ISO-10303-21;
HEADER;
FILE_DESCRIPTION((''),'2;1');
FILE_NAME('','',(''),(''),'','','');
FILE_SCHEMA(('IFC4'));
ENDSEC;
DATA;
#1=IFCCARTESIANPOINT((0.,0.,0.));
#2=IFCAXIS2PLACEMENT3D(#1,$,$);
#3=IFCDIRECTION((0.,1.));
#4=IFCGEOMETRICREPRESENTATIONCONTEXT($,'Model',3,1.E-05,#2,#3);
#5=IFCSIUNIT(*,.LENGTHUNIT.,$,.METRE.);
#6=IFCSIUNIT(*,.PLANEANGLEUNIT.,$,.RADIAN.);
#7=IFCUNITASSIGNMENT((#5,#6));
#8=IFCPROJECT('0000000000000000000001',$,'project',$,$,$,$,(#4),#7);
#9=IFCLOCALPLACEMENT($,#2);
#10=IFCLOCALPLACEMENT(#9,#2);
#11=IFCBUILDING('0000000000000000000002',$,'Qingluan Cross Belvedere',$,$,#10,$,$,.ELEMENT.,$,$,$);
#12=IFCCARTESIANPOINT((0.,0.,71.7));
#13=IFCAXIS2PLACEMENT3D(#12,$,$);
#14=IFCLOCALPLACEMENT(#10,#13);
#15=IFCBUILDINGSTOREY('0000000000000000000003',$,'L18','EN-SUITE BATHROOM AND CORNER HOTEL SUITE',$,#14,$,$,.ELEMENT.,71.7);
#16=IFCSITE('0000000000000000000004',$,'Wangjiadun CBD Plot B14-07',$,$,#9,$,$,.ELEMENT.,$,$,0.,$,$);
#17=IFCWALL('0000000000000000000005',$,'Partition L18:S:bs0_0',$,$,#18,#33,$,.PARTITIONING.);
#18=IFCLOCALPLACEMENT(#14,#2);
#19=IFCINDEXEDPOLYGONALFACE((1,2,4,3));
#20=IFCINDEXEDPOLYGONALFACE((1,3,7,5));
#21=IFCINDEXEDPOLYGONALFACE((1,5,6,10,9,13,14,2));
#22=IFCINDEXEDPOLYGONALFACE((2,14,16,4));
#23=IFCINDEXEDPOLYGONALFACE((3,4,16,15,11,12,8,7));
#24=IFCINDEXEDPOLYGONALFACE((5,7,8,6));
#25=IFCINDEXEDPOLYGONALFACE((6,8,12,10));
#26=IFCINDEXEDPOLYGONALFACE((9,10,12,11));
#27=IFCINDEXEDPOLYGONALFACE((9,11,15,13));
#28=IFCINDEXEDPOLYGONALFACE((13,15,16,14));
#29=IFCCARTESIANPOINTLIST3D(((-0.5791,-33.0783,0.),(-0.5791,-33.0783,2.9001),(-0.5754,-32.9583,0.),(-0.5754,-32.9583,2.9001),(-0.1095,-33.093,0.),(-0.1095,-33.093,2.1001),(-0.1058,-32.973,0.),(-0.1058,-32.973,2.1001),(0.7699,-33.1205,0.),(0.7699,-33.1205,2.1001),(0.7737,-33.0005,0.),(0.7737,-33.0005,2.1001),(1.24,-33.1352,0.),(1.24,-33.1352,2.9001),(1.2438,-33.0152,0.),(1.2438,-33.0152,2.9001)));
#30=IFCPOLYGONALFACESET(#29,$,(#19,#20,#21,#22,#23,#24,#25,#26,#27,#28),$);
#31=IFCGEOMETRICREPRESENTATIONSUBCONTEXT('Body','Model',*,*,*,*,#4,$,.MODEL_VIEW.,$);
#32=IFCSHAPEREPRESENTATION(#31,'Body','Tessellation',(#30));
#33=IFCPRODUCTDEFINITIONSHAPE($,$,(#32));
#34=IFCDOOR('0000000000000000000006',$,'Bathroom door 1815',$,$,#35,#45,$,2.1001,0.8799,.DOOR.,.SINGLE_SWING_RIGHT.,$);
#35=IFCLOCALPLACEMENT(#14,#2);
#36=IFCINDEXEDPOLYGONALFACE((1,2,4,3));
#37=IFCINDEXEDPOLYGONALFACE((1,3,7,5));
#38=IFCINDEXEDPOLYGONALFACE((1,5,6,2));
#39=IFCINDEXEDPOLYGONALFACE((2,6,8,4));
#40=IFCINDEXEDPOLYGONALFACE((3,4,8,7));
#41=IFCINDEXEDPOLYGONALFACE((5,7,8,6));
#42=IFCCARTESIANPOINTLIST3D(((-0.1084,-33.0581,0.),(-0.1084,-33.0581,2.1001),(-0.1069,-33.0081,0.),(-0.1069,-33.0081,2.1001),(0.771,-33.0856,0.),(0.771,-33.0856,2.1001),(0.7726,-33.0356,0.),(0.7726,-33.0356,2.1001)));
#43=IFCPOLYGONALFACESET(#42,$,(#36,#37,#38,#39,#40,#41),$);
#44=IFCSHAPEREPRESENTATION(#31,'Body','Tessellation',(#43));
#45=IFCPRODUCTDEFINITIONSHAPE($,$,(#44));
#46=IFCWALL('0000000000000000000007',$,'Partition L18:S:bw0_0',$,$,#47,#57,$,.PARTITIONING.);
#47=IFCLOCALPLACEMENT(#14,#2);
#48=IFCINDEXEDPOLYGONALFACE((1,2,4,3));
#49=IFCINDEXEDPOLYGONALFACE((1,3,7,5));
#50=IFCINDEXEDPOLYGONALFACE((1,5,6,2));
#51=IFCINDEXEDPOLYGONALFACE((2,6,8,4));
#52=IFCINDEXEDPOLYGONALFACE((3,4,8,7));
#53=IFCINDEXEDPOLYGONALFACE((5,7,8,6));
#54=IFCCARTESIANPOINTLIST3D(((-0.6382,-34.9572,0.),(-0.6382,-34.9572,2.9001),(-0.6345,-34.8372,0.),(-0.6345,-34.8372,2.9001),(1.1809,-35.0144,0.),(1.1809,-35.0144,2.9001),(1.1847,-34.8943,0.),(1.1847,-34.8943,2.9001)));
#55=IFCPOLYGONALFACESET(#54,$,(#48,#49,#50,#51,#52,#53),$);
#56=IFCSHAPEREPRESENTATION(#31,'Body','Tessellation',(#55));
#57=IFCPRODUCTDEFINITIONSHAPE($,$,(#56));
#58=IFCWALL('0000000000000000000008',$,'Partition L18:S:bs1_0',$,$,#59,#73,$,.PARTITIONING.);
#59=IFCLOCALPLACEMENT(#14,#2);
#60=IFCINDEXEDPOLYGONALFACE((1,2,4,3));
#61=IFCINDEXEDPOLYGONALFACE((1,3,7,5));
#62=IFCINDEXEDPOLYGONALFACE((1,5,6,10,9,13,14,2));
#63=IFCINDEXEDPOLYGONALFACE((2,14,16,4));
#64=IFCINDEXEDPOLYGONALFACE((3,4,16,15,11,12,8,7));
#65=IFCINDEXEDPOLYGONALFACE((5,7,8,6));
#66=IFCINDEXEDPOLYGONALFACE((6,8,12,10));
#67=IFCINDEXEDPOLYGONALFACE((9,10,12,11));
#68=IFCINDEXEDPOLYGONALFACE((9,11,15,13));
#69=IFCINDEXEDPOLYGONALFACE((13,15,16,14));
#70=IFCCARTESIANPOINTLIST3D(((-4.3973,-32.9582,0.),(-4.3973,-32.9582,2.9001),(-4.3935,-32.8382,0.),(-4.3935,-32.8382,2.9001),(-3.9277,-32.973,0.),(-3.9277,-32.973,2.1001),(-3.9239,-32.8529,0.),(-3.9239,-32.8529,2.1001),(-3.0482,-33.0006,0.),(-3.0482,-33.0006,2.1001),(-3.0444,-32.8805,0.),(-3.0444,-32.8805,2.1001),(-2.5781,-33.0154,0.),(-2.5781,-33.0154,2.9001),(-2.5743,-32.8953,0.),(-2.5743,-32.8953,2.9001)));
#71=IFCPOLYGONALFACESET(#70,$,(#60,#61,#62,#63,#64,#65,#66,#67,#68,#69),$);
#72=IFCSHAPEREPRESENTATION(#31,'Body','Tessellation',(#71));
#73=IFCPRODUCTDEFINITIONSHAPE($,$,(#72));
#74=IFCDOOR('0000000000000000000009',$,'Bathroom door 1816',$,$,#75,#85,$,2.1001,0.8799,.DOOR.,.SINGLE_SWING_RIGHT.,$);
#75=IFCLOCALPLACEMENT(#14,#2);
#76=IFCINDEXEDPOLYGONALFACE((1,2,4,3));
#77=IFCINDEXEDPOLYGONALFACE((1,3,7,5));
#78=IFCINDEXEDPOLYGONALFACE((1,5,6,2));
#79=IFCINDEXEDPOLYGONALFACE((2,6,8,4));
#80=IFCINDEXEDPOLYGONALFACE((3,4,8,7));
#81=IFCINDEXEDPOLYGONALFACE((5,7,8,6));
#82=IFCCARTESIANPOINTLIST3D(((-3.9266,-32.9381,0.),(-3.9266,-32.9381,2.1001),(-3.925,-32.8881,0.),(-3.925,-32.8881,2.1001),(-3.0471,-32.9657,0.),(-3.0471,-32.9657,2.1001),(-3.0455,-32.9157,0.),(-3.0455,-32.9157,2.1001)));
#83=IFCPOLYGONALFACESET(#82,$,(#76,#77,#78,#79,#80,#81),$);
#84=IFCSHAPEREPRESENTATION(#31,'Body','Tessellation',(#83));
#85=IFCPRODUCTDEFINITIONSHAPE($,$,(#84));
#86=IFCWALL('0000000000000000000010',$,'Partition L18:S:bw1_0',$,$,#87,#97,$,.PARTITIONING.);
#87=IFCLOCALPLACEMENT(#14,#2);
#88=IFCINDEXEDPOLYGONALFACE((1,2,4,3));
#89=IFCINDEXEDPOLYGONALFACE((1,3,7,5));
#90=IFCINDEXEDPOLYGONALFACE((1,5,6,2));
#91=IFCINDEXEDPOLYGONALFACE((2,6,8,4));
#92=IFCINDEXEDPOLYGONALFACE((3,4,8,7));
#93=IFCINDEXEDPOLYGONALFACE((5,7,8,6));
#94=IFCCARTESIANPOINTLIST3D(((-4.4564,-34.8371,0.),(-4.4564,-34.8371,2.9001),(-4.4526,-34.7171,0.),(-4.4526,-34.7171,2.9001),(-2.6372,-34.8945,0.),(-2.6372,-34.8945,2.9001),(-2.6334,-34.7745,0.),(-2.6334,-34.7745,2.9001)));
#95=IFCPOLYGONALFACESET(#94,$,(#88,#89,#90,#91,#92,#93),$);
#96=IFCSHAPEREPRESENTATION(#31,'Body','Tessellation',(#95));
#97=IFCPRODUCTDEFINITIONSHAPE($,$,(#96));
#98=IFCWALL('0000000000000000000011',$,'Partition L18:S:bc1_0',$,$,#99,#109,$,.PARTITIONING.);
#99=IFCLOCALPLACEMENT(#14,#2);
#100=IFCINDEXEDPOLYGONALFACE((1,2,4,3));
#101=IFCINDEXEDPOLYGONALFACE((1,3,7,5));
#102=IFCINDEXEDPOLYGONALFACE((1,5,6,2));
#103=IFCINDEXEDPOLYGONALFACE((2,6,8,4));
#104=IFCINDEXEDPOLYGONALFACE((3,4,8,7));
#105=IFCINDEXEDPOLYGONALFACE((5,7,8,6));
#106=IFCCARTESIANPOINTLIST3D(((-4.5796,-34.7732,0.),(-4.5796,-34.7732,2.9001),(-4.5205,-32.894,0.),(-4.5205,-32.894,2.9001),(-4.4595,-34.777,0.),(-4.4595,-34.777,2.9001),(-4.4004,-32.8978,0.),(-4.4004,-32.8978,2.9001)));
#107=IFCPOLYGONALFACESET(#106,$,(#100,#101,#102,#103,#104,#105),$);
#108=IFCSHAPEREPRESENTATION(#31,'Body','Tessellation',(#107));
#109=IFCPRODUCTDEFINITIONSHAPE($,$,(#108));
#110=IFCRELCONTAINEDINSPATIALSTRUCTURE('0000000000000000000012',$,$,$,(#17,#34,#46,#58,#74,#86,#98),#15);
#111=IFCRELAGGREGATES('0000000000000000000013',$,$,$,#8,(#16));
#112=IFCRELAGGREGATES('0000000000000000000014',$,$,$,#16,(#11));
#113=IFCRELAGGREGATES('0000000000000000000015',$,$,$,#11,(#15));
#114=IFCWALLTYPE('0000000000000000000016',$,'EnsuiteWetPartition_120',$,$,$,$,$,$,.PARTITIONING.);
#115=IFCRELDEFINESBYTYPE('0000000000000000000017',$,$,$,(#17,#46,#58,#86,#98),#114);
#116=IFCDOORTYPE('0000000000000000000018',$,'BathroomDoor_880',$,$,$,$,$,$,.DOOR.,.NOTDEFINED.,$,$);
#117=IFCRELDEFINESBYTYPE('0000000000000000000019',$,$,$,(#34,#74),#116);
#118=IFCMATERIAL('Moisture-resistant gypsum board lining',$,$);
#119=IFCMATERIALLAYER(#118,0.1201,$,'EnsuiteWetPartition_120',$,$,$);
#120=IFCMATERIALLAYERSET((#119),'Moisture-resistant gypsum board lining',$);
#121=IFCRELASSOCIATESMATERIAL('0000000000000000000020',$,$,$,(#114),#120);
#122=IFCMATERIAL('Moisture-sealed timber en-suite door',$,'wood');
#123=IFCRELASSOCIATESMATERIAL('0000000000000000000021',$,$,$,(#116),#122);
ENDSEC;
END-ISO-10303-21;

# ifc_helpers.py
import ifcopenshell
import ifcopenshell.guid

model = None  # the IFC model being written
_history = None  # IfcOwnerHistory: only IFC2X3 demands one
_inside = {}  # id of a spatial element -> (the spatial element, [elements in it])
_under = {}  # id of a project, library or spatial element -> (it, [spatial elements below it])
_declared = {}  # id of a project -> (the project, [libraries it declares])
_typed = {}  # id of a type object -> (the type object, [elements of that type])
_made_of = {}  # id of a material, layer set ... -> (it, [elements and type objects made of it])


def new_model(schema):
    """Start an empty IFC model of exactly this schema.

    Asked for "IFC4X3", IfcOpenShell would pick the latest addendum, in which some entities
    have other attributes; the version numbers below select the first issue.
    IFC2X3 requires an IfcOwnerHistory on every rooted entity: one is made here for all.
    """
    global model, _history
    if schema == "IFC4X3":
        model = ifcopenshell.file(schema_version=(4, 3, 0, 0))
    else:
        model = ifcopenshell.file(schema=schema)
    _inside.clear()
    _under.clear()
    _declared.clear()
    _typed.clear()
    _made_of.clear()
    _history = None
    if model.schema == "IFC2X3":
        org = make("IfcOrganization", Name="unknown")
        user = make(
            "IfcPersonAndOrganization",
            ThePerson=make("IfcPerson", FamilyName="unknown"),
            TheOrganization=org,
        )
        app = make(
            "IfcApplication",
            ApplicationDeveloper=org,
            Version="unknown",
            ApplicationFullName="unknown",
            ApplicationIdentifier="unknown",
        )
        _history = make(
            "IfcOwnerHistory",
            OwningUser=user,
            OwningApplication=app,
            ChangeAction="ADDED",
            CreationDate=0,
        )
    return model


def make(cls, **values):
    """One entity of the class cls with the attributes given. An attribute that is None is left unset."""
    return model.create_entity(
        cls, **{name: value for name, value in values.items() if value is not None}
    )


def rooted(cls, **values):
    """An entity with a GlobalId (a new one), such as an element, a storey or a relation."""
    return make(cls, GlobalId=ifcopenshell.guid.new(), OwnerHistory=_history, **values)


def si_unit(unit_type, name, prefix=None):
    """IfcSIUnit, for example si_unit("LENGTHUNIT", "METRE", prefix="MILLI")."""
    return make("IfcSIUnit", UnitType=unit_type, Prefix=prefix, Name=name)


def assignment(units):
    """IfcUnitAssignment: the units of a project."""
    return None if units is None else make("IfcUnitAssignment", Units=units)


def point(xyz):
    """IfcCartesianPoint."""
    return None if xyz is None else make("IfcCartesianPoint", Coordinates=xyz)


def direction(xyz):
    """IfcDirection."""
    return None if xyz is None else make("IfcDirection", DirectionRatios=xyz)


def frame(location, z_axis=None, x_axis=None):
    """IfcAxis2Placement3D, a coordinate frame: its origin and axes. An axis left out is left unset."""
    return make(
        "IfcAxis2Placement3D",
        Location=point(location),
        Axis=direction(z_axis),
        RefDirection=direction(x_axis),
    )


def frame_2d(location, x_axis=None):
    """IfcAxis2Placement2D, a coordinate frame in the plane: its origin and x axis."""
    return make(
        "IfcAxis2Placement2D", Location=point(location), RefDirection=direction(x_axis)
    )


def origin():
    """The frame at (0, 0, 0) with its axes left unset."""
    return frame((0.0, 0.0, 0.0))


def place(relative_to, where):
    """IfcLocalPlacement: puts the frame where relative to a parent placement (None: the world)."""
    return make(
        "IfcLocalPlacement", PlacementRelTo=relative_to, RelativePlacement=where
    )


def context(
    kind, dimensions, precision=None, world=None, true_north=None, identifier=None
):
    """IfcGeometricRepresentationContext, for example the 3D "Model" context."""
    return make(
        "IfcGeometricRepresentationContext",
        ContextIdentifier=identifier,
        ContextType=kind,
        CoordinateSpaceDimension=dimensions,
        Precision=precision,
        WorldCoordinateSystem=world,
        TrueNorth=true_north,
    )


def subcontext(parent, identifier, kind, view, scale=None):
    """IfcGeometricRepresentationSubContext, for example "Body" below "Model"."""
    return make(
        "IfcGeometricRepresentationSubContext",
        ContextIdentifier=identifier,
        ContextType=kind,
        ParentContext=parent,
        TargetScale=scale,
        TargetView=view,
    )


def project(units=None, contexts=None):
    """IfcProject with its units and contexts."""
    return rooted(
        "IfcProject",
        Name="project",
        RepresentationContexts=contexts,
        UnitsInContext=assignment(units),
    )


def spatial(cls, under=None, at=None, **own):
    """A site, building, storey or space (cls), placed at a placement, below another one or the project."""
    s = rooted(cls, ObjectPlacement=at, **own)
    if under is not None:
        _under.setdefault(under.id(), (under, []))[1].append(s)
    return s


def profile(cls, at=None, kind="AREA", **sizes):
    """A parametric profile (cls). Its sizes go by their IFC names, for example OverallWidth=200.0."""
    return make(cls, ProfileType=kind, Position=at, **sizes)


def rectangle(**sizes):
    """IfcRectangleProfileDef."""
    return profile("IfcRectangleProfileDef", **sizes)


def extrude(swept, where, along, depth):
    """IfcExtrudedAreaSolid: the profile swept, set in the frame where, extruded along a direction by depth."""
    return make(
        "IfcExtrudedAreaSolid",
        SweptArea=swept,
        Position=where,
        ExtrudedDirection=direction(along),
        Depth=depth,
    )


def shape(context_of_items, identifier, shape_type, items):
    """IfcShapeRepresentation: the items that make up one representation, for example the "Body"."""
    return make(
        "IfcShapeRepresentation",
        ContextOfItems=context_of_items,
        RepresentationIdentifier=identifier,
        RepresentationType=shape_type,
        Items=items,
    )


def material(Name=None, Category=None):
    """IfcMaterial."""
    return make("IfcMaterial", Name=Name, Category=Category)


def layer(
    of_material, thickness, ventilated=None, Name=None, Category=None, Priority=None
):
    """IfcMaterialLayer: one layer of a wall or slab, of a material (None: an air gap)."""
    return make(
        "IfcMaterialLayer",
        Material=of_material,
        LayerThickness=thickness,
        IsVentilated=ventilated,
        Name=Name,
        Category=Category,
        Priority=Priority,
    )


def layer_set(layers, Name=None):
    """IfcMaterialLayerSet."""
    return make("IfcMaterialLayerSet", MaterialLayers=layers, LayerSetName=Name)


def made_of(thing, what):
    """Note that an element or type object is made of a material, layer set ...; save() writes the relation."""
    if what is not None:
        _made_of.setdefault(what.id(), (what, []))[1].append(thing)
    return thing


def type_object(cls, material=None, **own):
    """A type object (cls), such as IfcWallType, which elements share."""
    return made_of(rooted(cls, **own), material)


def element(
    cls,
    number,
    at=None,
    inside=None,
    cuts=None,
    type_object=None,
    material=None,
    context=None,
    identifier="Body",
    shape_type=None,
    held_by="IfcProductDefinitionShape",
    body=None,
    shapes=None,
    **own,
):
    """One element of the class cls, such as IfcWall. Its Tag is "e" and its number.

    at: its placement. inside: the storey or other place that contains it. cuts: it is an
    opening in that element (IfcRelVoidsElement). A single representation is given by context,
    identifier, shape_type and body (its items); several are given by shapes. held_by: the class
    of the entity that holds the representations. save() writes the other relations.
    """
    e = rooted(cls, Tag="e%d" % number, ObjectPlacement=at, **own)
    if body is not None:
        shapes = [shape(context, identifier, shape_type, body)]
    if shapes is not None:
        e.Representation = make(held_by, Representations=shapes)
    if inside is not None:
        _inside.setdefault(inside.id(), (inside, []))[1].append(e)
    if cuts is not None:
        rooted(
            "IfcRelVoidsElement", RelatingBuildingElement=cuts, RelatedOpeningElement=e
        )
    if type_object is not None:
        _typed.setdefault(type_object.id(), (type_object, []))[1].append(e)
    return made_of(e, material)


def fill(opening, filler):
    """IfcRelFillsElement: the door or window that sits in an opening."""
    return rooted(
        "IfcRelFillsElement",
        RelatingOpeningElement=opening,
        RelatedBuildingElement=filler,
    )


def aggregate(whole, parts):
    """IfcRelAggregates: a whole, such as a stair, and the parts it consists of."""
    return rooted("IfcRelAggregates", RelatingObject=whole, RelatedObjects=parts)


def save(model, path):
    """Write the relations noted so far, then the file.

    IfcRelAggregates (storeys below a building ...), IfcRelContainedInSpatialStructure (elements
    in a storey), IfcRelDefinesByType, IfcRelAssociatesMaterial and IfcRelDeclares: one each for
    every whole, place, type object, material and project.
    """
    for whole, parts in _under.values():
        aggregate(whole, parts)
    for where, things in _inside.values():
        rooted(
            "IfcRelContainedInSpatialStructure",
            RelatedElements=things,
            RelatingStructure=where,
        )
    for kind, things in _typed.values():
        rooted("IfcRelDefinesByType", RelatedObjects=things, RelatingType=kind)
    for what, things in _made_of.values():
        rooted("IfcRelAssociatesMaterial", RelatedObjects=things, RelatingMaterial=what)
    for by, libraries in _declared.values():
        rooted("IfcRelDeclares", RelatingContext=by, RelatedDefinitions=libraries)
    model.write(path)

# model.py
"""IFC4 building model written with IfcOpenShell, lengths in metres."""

from ifc_helpers import new_model, si_unit, direction, frame, frame_2d, origin, place, context, subcontext, project, spatial, rectangle, extrude, material, layer, layer_set, type_object, element, fill, save


model = new_model("IFC4")

# Units and contexts
model_context = context("Model", 3, precision=1e-05, world=origin(), true_north=direction((0.0, 1.0)))
body_context = subcontext(model_context, "Body", "Model", "MODEL_VIEW")
ifc_project = project(units=[si_unit("LENGTHUNIT", "METRE"), si_unit("PLANEANGLEUNIT", "RADIAN")], contexts=[model_context])

# Site, building, storey
site_placement = place(None, origin())
site = spatial("IfcSite", under=ifc_project, at=site_placement, Name="Wangjiadun CBD Plot B14-07", CompositionType="ELEMENT", RefElevation=0.0)
building_placement = place(site_placement, origin())
building = spatial("IfcBuilding", under=site, at=building_placement, Name="Qingluan Cross Belvedere", CompositionType="ELEMENT")
storey_placement = place(building_placement, frame((0.0, 0.0, 71.7)))
storey = spatial("IfcBuildingStorey", under=building, at=storey_placement, Name="L18", Description="EN-SUITE BATHROOM AND CORNER HOTEL SUITE", CompositionType="ELEMENT", Elevation=71.7)

# Wall, opening, door
ifc_material_1 = material(Name="Moisture-resistant gypsum board lining")
ifc_layer_1 = layer(ifc_material_1, 0.1201, Name="EnsuiteWetPartition_120")
ifc_layer_set_1 = layer_set([ifc_layer_1], Name="Moisture-resistant gypsum board lining")
wall_type_1 = type_object("IfcWallType", Name="EnsuiteWetPartition_120", PredefinedType="PARTITIONING", material=ifc_layer_set_1)
wall_1_placement = place(storey_placement, frame((-0.5774, -33.0183, 0.0), z_axis=(0.0, 0.0, 1.0), x_axis=(0.999511, -0.031256, 0.0)))
wall_1 = element("IfcWall", 1, at=wall_1_placement, inside=storey, type_object=wall_type_1, Name="Partition L18:S:bs0_0", PredefinedType="PARTITIONING", context=body_context, shape_type="SweptSolid", body=[
    extrude(rectangle(XDim=1.8201, YDim=0.1201, at=frame_2d((0.9102, 0.0))), origin(), (0.0, 0.0, 1.0), 2.9001),
])
opening_1_placement = place(wall_1_placement, frame((0.47, 0.0, 0.0)))
opening_1 = element("IfcOpeningElement", 2, at=opening_1_placement, cuts=wall_1, PredefinedType="OPENING", context=body_context, shape_type="SweptSolid", body=[
    extrude(rectangle(XDim=0.8799, YDim=2.1001, at=frame_2d((0.4399, 1.05))), frame((0.0, 0.0701, 0.0), z_axis=(0.0, -1.0, 0.0), x_axis=(1.0, 0.0, 0.0)), (0.0, 0.0, 1.0), 0.1401),
])
ifc_material_2 = material(Name="Moisture-sealed timber en-suite door", Category="wood")
door_type_1 = type_object("IfcDoorType", Name="BathroomDoor_880", OperationType="NOTDEFINED", PredefinedType="DOOR", material=ifc_material_2)
door_1_placement = place(opening_1_placement, origin())
door_1 = element("IfcDoor", 3, at=door_1_placement, inside=storey, type_object=door_type_1, Name="Bathroom door 1815", OperationType="SINGLE_SWING_RIGHT", OverallHeight=2.1001, OverallWidth=0.8799, PredefinedType="DOOR", context=body_context, shape_type="SweptSolid", body=[
    extrude(rectangle(XDim=0.8799, YDim=2.1001, at=frame_2d((0.4399, 1.05))), frame((0.0, 0.0249, 0.0), z_axis=(0.0, -1.0, 0.0), x_axis=(1.0, 0.0, 0.0)), (0.0, 0.0, 1.0), 0.05),
])
fill(opening_1, door_1)

# Wall
wall_2_placement = place(storey_placement, frame((-0.6365, -34.8972, 0.0), z_axis=(0.0, 0.0, 1.0), x_axis=(0.999507, -0.03139, 0.0)))
element("IfcWall", 4, at=wall_2_placement, inside=storey, type_object=wall_type_1, Name="Partition L18:S:bw0_0", PredefinedType="PARTITIONING", context=body_context, shape_type="SweptSolid", body=[
    extrude(rectangle(XDim=1.8201, YDim=0.1201, at=frame_2d((0.9102, 0.0))), origin(), (0.0, 0.0, 1.0), 2.9001),
])

# Wall, opening, door
wall_3_placement = place(storey_placement, frame((-4.3955, -32.8982, 0.0), z_axis=(0.0, 0.0, 1.0), x_axis=(0.999507, -0.03139, 0.0)))
wall_3 = element("IfcWall", 5, at=wall_3_placement, inside=storey, type_object=wall_type_1, Name="Partition L18:S:bs1_0", PredefinedType="PARTITIONING", context=body_context, shape_type="SweptSolid", body=[
    extrude(rectangle(XDim=1.8201, YDim=0.1201, at=frame_2d((0.9102, 0.0))), origin(), (0.0, 0.0, 1.0), 2.9001),
])
opening_2_placement = place(wall_3_placement, frame((0.47, 0.0, 0.0)))
opening_2 = element("IfcOpeningElement", 6, at=opening_2_placement, cuts=wall_3, PredefinedType="OPENING", context=body_context, shape_type="SweptSolid", body=[
    extrude(rectangle(XDim=0.8799, YDim=2.1001, at=frame_2d((0.4399, 1.05))), frame((0.0, 0.0701, 0.0), z_axis=(0.0, -1.0, 0.0), x_axis=(1.0, 0.0, 0.0)), (0.0, 0.0, 1.0), 0.1401),
])
door_2_placement = place(opening_2_placement, origin())
door_2 = element("IfcDoor", 7, at=door_2_placement, inside=storey, type_object=door_type_1, Name="Bathroom door 1816", OperationType="SINGLE_SWING_RIGHT", OverallHeight=2.1001, OverallWidth=0.8799, PredefinedType="DOOR", context=body_context, shape_type="SweptSolid", body=[
    extrude(rectangle(XDim=0.8799, YDim=2.1001, at=frame_2d((0.4399, 1.05))), frame((0.0, 0.0249, 0.0), z_axis=(0.0, -1.0, 0.0), x_axis=(1.0, 0.0, 0.0)), (0.0, 0.0, 1.0), 0.05),
])
fill(opening_2, door_2)

# Walls
wall_4_placement = place(storey_placement, frame((-4.4546, -34.7771, 0.0), z_axis=(0.0, 0.0, 1.0), x_axis=(0.999503, -0.031524, 0.0)))
element("IfcWall", 8, at=wall_4_placement, inside=storey, type_object=wall_type_1, Name="Partition L18:S:bw1_0", PredefinedType="PARTITIONING", context=body_context, shape_type="SweptSolid", body=[
    extrude(rectangle(XDim=1.8201, YDim=0.1201, at=frame_2d((0.9102, 0.0))), origin(), (0.0, 0.0, 1.0), 2.9001),
])
wall_5_placement = place(storey_placement, frame((-4.4604, -32.896, 0.0), z_axis=(0.0, 0.0, 1.0), x_axis=(-0.031425, -0.999506, 0.0)))
element("IfcWall", 9, at=wall_5_placement, inside=storey, type_object=wall_type_1, Name="Partition L18:S:bc1_0", PredefinedType="PARTITIONING", context=body_context, shape_type="SweptSolid", body=[
    extrude(rectangle(XDim=1.8801, YDim=0.1201, at=frame_2d((0.9399, 0.0))), origin(), (0.0, 0.0, 1.0), 2.9001),
])

save(model, "model.ifc")
